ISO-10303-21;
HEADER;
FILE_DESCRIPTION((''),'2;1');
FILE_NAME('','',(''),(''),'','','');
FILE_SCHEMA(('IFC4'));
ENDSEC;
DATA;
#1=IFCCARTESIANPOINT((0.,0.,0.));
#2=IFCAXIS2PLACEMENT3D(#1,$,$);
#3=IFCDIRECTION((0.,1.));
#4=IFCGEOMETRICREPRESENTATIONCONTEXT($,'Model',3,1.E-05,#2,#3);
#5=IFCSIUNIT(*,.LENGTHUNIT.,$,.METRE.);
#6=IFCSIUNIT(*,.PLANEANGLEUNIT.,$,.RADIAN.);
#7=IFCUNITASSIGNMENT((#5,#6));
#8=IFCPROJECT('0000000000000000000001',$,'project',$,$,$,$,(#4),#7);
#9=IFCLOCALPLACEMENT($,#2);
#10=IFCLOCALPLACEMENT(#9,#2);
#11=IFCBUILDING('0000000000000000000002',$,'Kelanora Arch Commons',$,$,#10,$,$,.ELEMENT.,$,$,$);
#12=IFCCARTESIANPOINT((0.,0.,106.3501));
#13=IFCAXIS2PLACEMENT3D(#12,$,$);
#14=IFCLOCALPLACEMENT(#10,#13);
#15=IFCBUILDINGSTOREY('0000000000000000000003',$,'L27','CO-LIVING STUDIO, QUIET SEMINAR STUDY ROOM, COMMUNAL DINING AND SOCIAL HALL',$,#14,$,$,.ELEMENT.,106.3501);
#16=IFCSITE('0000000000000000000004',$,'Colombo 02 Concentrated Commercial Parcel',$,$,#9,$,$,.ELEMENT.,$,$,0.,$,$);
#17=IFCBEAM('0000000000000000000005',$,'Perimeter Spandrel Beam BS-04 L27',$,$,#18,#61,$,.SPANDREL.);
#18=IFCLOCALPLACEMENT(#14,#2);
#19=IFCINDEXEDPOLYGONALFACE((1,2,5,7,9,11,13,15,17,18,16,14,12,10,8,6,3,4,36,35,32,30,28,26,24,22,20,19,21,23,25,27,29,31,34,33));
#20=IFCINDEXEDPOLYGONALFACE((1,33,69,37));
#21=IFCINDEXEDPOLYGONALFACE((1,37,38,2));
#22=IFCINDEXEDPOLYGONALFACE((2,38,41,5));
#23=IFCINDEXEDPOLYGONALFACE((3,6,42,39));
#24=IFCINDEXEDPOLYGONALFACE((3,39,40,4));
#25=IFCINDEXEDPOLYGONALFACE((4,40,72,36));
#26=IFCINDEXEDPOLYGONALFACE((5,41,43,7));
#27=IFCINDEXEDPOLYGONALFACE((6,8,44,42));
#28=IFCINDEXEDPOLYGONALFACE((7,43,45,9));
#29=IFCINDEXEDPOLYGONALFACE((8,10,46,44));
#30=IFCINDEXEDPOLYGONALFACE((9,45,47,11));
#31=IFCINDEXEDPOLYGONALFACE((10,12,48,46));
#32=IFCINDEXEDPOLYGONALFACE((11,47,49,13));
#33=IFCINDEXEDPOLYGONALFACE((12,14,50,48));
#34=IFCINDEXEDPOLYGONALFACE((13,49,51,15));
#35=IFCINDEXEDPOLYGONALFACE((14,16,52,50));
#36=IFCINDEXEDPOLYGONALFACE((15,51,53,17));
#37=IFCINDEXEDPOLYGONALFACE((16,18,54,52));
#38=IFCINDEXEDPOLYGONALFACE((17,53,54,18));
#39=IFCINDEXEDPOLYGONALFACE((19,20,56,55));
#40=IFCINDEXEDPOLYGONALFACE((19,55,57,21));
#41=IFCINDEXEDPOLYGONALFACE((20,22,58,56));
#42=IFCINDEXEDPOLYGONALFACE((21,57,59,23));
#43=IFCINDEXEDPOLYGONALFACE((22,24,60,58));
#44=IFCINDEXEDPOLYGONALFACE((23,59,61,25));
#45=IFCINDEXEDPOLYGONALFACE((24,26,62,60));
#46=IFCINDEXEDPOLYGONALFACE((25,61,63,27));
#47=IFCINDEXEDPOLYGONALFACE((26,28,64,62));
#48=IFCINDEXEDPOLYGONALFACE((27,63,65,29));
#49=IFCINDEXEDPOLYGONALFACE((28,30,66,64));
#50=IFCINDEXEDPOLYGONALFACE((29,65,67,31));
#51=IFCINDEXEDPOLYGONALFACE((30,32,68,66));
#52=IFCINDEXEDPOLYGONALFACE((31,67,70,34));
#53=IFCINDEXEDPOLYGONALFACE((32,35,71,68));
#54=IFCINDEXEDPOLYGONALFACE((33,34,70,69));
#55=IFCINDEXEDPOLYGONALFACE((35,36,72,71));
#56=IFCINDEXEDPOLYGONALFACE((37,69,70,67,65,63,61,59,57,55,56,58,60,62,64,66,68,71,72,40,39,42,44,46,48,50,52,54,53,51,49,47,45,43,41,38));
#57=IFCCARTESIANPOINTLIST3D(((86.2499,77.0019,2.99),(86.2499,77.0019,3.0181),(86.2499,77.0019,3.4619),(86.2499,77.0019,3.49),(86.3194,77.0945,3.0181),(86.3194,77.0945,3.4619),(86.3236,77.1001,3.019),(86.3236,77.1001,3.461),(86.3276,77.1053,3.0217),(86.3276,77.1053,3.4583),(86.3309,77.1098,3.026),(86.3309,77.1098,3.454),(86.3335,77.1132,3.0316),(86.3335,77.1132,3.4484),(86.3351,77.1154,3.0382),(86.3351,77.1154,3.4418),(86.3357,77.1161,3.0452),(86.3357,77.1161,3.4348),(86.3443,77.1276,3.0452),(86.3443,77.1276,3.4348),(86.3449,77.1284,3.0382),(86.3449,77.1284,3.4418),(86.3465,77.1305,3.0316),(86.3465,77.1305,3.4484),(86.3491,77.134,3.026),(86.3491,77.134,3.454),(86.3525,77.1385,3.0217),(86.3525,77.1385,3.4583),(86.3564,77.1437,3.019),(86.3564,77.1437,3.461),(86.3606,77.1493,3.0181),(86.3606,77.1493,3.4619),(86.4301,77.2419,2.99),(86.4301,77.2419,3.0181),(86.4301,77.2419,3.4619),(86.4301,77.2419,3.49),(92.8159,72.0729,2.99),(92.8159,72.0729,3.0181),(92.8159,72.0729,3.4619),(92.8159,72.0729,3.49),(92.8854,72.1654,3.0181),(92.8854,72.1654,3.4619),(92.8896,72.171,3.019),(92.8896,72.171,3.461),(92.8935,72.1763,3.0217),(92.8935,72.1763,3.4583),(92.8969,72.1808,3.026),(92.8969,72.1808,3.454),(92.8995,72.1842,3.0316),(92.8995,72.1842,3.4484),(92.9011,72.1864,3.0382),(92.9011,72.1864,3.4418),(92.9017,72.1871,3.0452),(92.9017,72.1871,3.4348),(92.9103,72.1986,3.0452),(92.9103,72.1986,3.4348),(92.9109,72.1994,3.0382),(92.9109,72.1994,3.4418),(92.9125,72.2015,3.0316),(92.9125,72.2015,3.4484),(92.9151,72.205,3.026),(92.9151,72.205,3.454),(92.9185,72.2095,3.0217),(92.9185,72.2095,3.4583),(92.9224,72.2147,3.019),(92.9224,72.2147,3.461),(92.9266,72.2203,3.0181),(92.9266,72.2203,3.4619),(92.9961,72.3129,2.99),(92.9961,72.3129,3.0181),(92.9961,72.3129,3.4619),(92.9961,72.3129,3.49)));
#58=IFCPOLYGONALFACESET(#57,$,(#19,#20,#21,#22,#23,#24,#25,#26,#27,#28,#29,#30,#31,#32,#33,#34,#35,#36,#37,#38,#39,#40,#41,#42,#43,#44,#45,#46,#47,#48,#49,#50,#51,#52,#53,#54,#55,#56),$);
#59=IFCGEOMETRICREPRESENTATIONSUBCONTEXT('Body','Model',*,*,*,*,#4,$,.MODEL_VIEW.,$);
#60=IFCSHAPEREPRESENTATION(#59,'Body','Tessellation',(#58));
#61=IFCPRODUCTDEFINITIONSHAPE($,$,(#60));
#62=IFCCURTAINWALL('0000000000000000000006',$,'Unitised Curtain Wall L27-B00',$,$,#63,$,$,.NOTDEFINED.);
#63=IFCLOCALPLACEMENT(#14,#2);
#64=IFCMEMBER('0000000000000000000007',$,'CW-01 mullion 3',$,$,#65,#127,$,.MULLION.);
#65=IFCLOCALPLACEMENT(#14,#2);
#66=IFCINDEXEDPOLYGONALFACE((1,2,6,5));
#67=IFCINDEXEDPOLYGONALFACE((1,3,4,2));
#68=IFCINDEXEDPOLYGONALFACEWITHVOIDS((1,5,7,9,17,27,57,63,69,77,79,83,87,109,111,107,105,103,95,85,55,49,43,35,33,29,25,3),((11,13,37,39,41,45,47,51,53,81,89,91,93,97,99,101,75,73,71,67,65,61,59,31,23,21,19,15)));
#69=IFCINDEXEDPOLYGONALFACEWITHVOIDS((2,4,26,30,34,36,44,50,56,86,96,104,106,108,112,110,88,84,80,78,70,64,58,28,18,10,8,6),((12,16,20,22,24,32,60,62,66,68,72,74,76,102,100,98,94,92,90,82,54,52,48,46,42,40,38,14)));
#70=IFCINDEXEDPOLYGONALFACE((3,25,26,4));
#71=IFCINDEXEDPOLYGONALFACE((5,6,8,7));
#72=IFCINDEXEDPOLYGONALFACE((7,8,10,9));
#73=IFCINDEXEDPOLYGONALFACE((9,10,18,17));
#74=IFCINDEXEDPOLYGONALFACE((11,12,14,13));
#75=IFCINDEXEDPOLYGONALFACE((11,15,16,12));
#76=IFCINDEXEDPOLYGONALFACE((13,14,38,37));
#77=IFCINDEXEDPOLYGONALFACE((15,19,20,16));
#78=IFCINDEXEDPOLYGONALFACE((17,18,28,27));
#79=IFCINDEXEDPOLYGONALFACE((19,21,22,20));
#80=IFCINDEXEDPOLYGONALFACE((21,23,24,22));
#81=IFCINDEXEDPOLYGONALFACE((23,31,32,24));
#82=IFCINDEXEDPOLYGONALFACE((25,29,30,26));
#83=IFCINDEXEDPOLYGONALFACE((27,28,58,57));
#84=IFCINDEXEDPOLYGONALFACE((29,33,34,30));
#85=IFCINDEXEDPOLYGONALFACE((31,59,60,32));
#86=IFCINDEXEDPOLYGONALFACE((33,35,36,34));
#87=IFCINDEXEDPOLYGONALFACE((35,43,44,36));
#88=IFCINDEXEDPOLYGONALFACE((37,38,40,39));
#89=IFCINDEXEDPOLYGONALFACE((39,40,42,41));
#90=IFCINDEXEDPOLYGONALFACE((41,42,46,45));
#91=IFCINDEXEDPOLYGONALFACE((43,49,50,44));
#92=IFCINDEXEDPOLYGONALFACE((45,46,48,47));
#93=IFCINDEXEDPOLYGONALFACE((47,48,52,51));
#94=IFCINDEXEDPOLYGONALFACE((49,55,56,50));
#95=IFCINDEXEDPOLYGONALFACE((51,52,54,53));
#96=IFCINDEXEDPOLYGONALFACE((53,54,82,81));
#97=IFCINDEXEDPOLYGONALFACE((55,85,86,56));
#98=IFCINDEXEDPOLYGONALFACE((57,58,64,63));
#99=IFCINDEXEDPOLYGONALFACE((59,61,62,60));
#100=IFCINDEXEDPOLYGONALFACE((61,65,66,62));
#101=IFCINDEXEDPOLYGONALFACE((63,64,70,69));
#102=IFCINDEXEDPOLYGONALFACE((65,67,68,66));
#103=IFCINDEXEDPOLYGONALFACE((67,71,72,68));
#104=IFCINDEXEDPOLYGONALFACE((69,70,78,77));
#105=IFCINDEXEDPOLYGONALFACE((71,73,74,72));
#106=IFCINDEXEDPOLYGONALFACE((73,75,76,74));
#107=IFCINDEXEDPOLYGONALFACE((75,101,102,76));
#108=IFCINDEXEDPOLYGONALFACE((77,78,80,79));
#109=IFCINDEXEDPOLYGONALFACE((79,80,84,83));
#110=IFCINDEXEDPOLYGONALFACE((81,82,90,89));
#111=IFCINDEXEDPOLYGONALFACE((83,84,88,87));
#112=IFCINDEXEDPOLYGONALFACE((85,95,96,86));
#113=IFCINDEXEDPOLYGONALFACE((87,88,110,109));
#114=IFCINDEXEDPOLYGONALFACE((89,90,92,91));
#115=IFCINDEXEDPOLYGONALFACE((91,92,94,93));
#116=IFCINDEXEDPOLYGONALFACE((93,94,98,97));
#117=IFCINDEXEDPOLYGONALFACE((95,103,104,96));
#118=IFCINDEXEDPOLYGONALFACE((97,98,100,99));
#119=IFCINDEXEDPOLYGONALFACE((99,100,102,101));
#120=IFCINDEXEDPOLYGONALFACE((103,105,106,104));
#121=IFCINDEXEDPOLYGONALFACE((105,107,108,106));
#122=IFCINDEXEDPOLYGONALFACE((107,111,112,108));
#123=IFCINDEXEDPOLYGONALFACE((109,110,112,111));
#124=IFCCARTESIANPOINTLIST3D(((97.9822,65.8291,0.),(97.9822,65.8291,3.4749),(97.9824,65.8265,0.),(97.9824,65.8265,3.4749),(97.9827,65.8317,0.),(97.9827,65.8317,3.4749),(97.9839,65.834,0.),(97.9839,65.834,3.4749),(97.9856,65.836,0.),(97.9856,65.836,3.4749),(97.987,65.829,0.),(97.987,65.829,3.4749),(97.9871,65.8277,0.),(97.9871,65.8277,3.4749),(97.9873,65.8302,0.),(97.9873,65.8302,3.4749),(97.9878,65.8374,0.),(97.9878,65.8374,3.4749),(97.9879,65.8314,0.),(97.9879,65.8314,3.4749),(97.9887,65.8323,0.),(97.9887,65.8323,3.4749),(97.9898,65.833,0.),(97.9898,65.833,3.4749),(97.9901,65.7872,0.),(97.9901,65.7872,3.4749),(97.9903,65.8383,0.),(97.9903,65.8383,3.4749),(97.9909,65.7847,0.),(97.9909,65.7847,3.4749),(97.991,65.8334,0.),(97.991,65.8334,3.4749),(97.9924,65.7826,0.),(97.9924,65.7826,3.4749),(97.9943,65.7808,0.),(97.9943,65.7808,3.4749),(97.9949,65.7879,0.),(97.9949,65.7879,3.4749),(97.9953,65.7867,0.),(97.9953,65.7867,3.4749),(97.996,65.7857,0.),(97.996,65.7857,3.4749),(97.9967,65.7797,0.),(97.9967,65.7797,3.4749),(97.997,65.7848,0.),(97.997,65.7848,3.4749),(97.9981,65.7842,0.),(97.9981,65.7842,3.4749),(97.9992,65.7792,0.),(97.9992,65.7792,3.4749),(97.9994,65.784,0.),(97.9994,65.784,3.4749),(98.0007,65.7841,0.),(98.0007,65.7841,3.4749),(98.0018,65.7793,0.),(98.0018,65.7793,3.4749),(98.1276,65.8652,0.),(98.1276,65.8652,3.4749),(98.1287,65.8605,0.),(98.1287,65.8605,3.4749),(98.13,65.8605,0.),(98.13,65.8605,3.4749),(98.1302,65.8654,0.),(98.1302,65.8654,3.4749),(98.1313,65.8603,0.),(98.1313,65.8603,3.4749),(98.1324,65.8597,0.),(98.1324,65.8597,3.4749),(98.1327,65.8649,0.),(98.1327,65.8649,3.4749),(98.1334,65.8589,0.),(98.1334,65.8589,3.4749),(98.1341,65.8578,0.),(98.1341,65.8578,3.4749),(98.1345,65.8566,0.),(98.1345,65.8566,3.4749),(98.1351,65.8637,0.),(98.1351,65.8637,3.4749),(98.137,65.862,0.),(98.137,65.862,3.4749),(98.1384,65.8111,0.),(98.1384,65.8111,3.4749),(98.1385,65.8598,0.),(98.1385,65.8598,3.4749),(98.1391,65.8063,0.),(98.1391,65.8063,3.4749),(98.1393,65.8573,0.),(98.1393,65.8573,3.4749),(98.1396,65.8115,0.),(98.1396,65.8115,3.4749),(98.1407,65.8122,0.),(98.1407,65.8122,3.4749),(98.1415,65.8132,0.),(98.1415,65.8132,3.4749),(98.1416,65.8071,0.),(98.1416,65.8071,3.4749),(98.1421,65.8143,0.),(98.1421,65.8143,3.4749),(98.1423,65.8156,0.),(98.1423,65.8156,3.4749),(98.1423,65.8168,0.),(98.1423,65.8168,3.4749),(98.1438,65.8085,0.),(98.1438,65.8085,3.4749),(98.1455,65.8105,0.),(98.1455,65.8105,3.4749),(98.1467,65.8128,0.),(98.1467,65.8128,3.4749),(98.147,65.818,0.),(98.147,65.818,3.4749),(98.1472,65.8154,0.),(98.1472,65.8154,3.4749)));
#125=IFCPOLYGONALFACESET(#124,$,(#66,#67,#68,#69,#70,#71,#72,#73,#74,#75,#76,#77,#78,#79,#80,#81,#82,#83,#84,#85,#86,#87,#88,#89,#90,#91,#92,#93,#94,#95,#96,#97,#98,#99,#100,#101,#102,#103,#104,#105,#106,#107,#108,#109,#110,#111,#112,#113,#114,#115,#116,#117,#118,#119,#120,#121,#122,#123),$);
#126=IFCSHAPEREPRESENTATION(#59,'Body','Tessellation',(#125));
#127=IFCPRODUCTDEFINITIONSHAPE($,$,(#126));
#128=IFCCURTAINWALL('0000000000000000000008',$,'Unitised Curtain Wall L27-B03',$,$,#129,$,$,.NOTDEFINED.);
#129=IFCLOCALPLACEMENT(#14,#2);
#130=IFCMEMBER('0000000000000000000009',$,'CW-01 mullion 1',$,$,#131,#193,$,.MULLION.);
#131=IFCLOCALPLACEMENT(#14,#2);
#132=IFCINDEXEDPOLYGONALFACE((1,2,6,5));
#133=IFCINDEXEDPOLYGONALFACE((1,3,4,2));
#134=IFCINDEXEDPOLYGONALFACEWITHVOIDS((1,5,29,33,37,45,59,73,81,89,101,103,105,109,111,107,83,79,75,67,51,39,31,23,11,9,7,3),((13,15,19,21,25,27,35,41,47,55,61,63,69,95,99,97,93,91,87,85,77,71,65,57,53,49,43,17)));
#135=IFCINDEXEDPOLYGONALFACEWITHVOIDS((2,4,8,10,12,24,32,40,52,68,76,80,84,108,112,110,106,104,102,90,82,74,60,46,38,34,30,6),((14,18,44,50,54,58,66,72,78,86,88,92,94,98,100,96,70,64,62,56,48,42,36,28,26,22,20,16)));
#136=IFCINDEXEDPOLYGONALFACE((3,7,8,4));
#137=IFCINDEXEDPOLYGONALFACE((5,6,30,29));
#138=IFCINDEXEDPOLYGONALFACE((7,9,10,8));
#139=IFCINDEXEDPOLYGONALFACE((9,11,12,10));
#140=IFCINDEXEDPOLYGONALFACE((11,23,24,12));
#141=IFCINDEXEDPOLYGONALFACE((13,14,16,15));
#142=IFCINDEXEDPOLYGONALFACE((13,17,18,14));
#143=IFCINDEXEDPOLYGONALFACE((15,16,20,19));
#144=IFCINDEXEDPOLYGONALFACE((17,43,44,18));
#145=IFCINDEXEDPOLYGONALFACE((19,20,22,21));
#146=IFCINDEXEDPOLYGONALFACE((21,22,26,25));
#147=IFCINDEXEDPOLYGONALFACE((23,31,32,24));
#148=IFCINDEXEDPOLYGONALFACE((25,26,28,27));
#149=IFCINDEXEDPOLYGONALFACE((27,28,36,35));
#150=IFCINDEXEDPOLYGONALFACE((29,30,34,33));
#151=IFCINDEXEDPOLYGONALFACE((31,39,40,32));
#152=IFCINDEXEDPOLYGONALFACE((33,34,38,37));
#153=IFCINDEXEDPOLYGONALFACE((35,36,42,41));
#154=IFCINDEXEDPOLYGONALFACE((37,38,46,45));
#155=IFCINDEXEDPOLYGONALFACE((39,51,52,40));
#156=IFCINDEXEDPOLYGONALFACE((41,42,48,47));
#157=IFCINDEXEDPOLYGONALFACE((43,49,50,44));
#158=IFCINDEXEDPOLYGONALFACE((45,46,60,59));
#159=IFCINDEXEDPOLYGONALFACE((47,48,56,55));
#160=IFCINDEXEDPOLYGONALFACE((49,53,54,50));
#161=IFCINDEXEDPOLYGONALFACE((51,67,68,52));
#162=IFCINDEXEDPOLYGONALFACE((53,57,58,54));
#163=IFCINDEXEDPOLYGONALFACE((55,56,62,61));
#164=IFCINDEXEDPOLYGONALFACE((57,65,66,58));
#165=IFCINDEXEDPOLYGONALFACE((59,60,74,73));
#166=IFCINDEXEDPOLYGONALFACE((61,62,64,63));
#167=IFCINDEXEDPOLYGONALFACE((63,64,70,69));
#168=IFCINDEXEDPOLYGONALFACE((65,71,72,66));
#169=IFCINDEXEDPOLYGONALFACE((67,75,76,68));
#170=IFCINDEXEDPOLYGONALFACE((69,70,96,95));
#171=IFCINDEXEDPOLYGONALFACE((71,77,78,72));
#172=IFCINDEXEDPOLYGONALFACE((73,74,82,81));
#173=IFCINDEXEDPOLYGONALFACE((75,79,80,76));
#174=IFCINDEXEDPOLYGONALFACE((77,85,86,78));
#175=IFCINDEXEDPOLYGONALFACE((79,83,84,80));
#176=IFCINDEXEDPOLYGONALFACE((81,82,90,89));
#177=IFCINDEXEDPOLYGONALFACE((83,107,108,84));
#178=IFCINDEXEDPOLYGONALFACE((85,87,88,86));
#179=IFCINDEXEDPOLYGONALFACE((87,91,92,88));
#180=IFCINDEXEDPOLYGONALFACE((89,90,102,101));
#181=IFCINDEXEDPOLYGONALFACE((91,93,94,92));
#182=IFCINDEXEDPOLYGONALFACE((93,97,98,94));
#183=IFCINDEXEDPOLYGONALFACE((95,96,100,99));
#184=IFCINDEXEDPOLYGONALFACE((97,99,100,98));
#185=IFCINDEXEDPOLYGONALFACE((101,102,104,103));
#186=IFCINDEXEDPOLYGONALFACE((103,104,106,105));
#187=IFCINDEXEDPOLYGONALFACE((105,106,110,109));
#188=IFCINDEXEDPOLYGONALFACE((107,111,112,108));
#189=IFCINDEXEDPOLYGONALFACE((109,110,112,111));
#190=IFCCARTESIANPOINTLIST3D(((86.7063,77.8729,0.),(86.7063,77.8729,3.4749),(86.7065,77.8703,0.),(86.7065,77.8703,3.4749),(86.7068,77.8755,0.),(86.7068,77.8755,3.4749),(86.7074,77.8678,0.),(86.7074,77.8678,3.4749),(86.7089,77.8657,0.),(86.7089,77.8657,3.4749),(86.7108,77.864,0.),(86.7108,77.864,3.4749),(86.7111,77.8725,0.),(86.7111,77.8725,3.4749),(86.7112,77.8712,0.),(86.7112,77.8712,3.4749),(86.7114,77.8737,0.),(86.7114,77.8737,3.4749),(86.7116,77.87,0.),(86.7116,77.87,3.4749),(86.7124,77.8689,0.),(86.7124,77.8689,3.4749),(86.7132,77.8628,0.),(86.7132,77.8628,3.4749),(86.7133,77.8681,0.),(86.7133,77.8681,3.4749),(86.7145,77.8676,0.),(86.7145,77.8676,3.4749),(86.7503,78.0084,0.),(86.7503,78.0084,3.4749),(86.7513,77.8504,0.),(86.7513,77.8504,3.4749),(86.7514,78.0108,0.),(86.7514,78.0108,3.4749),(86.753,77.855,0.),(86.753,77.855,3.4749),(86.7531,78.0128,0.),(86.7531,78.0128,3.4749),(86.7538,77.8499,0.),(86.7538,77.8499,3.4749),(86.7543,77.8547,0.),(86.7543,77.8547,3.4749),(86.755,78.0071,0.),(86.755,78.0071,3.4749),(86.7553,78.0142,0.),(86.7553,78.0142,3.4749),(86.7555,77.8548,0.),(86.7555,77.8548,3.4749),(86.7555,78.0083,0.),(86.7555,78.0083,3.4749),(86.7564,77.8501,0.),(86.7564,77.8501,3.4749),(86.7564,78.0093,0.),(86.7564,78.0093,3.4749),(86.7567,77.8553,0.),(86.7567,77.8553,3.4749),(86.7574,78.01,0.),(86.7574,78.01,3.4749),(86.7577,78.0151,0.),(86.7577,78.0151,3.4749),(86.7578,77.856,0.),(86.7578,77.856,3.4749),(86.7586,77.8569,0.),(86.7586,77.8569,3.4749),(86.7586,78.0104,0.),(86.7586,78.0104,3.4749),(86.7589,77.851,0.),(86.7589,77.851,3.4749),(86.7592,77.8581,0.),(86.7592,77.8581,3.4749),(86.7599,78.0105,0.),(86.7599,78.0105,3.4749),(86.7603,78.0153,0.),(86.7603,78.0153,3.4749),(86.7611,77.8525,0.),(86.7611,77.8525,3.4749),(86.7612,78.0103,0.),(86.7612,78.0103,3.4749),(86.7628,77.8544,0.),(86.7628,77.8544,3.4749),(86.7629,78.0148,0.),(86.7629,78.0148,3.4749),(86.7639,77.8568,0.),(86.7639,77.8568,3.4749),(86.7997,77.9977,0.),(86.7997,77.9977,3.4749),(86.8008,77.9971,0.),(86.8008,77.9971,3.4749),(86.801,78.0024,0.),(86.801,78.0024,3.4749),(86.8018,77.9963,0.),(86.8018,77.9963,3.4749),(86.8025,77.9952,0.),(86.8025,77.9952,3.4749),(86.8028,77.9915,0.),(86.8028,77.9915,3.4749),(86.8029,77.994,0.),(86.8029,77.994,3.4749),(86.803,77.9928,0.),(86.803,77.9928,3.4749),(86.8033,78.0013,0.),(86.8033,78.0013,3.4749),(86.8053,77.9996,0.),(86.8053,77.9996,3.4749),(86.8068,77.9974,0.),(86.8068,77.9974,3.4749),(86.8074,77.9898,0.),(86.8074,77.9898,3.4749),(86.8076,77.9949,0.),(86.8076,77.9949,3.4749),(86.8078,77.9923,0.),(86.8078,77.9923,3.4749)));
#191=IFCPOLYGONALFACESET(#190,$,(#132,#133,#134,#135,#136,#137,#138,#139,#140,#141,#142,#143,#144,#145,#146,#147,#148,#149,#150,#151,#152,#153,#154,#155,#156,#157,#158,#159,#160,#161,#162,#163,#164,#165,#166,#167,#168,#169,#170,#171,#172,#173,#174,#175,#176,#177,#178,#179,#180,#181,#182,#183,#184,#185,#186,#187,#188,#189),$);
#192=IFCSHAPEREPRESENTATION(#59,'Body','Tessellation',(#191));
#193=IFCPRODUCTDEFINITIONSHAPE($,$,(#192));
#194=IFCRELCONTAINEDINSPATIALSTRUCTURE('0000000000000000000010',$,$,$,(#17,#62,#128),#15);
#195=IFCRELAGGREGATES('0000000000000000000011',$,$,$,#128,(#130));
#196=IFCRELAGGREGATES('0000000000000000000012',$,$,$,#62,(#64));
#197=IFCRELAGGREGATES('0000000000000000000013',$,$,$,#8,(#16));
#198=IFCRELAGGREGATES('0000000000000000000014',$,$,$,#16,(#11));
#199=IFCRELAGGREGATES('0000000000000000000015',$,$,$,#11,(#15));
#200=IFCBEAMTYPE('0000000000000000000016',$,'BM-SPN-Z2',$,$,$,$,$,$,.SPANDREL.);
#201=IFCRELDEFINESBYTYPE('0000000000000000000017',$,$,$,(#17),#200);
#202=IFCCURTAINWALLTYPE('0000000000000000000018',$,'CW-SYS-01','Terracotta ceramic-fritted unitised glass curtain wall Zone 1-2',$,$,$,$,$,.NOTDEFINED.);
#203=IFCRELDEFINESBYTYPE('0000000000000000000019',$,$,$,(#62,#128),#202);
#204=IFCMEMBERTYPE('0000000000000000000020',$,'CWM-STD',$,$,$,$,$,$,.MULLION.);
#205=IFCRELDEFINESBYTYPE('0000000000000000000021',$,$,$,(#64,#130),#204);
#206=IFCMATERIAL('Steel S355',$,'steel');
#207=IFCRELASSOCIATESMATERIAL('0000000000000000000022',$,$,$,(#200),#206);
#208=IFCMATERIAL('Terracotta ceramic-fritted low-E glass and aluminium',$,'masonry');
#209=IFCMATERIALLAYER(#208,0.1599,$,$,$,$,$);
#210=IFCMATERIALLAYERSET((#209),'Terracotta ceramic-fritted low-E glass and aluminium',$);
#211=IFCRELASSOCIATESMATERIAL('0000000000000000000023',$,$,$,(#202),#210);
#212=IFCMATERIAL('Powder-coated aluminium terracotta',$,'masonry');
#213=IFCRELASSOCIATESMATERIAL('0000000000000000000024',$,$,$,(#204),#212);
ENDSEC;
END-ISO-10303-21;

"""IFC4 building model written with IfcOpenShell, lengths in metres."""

from ifc_helpers import new_model, si_unit, direction, frame, origin, origin_2d, place, context, subcontext, project, spatial, hollow_rectangle, i_section, extrude, material, layer, layer_set, material_profile, profile_set, type_object, element, aggregate, save


model = new_model("IFC4")

# Units and contexts
model_context = context("Model", 3, precision=1e-05, world=origin(), true_north=direction((0.0, 1.0)))
body_context = subcontext(model_context, "Body", "Model", "MODEL_VIEW")
ifc_project = project(units=[si_unit("LENGTHUNIT", "METRE"), si_unit("PLANEANGLEUNIT", "RADIAN")], contexts=[model_context])

# Site, building, storey
site_placement = place(None, origin())
site = spatial("IfcSite", under=ifc_project, at=site_placement, Name="Colombo 02 Concentrated Commercial Parcel", CompositionType="ELEMENT", RefElevation=0.0)
building_placement = place(site_placement, origin())
building = spatial("IfcBuilding", under=site, at=building_placement, Name="Kelanora Arch Commons", CompositionType="ELEMENT")
storey_placement = place(building_placement, frame((0.0, 0.0, 106.3501)))
storey = spatial("IfcBuildingStorey", under=building, at=storey_placement, Name="L27", Description="CO-LIVING STUDIO, QUIET SEMINAR STUDY ROOM, COMMUNAL DINING AND SOCIAL HALL", CompositionType="ELEMENT", Elevation=106.3501)

# Beam
ifc_material_1 = material(Name="Steel S355", Category="steel")
ifc_material_profile_1 = material_profile(ifc_material_1, i_section(OverallWidth=0.3, OverallDepth=0.5, WebThickness=0.0144, FlangeThickness=0.0281, FilletRadius=0.0271, at=origin_2d()), Name="HEB500")
ifc_profile_set_1 = profile_set([ifc_material_profile_1], Name="Steel S355")
beam_type_1 = type_object("IfcBeamType", Name="BM-SPN-Z2", PredefinedType="SPANDREL", material=ifc_profile_set_1)
beam_1_placement = place(storey_placement, frame((92.906, 72.1929, 3.24), z_axis=(-0.799736, 0.600352, 0.0), x_axis=(-0.600352, -0.799736, 0.0)))
element("IfcBeam", 1, at=beam_1_placement, inside=storey, type_object=beam_type_1, Name="Perimeter Spandrel Beam BS-04 L27", PredefinedType="SPANDREL", context=body_context, shape_type="SweptSolid", body=[
    extrude(i_section(OverallWidth=0.3, OverallDepth=0.5, WebThickness=0.0144, FlangeThickness=0.0281, FilletRadius=0.0271, at=origin_2d()), origin(), (0.0, 0.0, 1.0), 8.2102),
])

# Curtain walls, members
ifc_material_2 = material(Name="Terracotta ceramic-fritted low-E glass and aluminium", Category="masonry")
ifc_layer_1 = layer(ifc_material_2, 0.1599)
ifc_layer_set_1 = layer_set([ifc_layer_1], Name="Terracotta ceramic-fritted low-E glass and aluminium")
curtain_wall_type = type_object("IfcCurtainWallType", Name="CW-SYS-01", Description="Terracotta ceramic-fritted unitised glass curtain wall Zone 1-2", PredefinedType="NOTDEFINED", material=ifc_layer_set_1)
curtain_wall_1_placement = place(storey_placement, origin())
curtain_wall_1 = element("IfcCurtainWall", 2, at=curtain_wall_1_placement, inside=storey, type_object=curtain_wall_type, Name="Unitised Curtain Wall L27-B00", PredefinedType="NOTDEFINED")
ifc_material_3 = material(Name="Powder-coated aluminium terracotta", Category="masonry")
ifc_material_profile_2 = material_profile(ifc_material_3, hollow_rectangle(XDim=0.1599, YDim=0.0601, WallThickness=0.0049, InnerFilletRadius=0.0049, OuterFilletRadius=0.01, at=origin_2d()), Name="CWM160x60")
ifc_profile_set_2 = profile_set([ifc_material_profile_2], Name="Powder-coated aluminium terracotta")
member_type = type_object("IfcMemberType", Name="CWM-STD", PredefinedType="MULLION", material=ifc_profile_set_2)
member_1_placement = place(storey_placement, frame((98.0647, 65.8223, 0.0), z_axis=(0.0, 0.0, 1.0), x_axis=(-0.98128, -0.192585, 0.0)))
member_1 = element("IfcMember", 3, at=member_1_placement, type_object=member_type, Name="CW-01 mullion 3", PredefinedType="MULLION", context=body_context, shape_type="SweptSolid", body=[
    extrude(hollow_rectangle(XDim=0.1599, YDim=0.0601, WallThickness=0.0049, InnerFilletRadius=0.0049, OuterFilletRadius=0.01, at=origin_2d()), origin(), (0.0, 0.0, 1.0), 3.4749),
])
curtain_wall_2_placement = place(storey_placement, origin())
curtain_wall_2 = element("IfcCurtainWall", 4, at=curtain_wall_2_placement, inside=storey, type_object=curtain_wall_type, Name="Unitised Curtain Wall L27-B03", PredefinedType="NOTDEFINED")
member_2_placement = place(storey_placement, frame((86.7571, 77.9326, 0.0), z_axis=(0.0, 0.0, 1.0), x_axis=(-0.310805, -0.950474, 0.0)))
member_2 = element("IfcMember", 5, at=member_2_placement, type_object=member_type, Name="CW-01 mullion 1", PredefinedType="MULLION", context=body_context, shape_type="SweptSolid", body=[
    extrude(hollow_rectangle(XDim=0.1599, YDim=0.0601, WallThickness=0.0049, InnerFilletRadius=0.0049, OuterFilletRadius=0.01, at=origin_2d()), origin(), (0.0, 0.0, 1.0), 3.4749),
])
aggregate(curtain_wall_2, [member_2])

aggregate(curtain_wall_1, [member_1])

save(model, "model.ifc")
